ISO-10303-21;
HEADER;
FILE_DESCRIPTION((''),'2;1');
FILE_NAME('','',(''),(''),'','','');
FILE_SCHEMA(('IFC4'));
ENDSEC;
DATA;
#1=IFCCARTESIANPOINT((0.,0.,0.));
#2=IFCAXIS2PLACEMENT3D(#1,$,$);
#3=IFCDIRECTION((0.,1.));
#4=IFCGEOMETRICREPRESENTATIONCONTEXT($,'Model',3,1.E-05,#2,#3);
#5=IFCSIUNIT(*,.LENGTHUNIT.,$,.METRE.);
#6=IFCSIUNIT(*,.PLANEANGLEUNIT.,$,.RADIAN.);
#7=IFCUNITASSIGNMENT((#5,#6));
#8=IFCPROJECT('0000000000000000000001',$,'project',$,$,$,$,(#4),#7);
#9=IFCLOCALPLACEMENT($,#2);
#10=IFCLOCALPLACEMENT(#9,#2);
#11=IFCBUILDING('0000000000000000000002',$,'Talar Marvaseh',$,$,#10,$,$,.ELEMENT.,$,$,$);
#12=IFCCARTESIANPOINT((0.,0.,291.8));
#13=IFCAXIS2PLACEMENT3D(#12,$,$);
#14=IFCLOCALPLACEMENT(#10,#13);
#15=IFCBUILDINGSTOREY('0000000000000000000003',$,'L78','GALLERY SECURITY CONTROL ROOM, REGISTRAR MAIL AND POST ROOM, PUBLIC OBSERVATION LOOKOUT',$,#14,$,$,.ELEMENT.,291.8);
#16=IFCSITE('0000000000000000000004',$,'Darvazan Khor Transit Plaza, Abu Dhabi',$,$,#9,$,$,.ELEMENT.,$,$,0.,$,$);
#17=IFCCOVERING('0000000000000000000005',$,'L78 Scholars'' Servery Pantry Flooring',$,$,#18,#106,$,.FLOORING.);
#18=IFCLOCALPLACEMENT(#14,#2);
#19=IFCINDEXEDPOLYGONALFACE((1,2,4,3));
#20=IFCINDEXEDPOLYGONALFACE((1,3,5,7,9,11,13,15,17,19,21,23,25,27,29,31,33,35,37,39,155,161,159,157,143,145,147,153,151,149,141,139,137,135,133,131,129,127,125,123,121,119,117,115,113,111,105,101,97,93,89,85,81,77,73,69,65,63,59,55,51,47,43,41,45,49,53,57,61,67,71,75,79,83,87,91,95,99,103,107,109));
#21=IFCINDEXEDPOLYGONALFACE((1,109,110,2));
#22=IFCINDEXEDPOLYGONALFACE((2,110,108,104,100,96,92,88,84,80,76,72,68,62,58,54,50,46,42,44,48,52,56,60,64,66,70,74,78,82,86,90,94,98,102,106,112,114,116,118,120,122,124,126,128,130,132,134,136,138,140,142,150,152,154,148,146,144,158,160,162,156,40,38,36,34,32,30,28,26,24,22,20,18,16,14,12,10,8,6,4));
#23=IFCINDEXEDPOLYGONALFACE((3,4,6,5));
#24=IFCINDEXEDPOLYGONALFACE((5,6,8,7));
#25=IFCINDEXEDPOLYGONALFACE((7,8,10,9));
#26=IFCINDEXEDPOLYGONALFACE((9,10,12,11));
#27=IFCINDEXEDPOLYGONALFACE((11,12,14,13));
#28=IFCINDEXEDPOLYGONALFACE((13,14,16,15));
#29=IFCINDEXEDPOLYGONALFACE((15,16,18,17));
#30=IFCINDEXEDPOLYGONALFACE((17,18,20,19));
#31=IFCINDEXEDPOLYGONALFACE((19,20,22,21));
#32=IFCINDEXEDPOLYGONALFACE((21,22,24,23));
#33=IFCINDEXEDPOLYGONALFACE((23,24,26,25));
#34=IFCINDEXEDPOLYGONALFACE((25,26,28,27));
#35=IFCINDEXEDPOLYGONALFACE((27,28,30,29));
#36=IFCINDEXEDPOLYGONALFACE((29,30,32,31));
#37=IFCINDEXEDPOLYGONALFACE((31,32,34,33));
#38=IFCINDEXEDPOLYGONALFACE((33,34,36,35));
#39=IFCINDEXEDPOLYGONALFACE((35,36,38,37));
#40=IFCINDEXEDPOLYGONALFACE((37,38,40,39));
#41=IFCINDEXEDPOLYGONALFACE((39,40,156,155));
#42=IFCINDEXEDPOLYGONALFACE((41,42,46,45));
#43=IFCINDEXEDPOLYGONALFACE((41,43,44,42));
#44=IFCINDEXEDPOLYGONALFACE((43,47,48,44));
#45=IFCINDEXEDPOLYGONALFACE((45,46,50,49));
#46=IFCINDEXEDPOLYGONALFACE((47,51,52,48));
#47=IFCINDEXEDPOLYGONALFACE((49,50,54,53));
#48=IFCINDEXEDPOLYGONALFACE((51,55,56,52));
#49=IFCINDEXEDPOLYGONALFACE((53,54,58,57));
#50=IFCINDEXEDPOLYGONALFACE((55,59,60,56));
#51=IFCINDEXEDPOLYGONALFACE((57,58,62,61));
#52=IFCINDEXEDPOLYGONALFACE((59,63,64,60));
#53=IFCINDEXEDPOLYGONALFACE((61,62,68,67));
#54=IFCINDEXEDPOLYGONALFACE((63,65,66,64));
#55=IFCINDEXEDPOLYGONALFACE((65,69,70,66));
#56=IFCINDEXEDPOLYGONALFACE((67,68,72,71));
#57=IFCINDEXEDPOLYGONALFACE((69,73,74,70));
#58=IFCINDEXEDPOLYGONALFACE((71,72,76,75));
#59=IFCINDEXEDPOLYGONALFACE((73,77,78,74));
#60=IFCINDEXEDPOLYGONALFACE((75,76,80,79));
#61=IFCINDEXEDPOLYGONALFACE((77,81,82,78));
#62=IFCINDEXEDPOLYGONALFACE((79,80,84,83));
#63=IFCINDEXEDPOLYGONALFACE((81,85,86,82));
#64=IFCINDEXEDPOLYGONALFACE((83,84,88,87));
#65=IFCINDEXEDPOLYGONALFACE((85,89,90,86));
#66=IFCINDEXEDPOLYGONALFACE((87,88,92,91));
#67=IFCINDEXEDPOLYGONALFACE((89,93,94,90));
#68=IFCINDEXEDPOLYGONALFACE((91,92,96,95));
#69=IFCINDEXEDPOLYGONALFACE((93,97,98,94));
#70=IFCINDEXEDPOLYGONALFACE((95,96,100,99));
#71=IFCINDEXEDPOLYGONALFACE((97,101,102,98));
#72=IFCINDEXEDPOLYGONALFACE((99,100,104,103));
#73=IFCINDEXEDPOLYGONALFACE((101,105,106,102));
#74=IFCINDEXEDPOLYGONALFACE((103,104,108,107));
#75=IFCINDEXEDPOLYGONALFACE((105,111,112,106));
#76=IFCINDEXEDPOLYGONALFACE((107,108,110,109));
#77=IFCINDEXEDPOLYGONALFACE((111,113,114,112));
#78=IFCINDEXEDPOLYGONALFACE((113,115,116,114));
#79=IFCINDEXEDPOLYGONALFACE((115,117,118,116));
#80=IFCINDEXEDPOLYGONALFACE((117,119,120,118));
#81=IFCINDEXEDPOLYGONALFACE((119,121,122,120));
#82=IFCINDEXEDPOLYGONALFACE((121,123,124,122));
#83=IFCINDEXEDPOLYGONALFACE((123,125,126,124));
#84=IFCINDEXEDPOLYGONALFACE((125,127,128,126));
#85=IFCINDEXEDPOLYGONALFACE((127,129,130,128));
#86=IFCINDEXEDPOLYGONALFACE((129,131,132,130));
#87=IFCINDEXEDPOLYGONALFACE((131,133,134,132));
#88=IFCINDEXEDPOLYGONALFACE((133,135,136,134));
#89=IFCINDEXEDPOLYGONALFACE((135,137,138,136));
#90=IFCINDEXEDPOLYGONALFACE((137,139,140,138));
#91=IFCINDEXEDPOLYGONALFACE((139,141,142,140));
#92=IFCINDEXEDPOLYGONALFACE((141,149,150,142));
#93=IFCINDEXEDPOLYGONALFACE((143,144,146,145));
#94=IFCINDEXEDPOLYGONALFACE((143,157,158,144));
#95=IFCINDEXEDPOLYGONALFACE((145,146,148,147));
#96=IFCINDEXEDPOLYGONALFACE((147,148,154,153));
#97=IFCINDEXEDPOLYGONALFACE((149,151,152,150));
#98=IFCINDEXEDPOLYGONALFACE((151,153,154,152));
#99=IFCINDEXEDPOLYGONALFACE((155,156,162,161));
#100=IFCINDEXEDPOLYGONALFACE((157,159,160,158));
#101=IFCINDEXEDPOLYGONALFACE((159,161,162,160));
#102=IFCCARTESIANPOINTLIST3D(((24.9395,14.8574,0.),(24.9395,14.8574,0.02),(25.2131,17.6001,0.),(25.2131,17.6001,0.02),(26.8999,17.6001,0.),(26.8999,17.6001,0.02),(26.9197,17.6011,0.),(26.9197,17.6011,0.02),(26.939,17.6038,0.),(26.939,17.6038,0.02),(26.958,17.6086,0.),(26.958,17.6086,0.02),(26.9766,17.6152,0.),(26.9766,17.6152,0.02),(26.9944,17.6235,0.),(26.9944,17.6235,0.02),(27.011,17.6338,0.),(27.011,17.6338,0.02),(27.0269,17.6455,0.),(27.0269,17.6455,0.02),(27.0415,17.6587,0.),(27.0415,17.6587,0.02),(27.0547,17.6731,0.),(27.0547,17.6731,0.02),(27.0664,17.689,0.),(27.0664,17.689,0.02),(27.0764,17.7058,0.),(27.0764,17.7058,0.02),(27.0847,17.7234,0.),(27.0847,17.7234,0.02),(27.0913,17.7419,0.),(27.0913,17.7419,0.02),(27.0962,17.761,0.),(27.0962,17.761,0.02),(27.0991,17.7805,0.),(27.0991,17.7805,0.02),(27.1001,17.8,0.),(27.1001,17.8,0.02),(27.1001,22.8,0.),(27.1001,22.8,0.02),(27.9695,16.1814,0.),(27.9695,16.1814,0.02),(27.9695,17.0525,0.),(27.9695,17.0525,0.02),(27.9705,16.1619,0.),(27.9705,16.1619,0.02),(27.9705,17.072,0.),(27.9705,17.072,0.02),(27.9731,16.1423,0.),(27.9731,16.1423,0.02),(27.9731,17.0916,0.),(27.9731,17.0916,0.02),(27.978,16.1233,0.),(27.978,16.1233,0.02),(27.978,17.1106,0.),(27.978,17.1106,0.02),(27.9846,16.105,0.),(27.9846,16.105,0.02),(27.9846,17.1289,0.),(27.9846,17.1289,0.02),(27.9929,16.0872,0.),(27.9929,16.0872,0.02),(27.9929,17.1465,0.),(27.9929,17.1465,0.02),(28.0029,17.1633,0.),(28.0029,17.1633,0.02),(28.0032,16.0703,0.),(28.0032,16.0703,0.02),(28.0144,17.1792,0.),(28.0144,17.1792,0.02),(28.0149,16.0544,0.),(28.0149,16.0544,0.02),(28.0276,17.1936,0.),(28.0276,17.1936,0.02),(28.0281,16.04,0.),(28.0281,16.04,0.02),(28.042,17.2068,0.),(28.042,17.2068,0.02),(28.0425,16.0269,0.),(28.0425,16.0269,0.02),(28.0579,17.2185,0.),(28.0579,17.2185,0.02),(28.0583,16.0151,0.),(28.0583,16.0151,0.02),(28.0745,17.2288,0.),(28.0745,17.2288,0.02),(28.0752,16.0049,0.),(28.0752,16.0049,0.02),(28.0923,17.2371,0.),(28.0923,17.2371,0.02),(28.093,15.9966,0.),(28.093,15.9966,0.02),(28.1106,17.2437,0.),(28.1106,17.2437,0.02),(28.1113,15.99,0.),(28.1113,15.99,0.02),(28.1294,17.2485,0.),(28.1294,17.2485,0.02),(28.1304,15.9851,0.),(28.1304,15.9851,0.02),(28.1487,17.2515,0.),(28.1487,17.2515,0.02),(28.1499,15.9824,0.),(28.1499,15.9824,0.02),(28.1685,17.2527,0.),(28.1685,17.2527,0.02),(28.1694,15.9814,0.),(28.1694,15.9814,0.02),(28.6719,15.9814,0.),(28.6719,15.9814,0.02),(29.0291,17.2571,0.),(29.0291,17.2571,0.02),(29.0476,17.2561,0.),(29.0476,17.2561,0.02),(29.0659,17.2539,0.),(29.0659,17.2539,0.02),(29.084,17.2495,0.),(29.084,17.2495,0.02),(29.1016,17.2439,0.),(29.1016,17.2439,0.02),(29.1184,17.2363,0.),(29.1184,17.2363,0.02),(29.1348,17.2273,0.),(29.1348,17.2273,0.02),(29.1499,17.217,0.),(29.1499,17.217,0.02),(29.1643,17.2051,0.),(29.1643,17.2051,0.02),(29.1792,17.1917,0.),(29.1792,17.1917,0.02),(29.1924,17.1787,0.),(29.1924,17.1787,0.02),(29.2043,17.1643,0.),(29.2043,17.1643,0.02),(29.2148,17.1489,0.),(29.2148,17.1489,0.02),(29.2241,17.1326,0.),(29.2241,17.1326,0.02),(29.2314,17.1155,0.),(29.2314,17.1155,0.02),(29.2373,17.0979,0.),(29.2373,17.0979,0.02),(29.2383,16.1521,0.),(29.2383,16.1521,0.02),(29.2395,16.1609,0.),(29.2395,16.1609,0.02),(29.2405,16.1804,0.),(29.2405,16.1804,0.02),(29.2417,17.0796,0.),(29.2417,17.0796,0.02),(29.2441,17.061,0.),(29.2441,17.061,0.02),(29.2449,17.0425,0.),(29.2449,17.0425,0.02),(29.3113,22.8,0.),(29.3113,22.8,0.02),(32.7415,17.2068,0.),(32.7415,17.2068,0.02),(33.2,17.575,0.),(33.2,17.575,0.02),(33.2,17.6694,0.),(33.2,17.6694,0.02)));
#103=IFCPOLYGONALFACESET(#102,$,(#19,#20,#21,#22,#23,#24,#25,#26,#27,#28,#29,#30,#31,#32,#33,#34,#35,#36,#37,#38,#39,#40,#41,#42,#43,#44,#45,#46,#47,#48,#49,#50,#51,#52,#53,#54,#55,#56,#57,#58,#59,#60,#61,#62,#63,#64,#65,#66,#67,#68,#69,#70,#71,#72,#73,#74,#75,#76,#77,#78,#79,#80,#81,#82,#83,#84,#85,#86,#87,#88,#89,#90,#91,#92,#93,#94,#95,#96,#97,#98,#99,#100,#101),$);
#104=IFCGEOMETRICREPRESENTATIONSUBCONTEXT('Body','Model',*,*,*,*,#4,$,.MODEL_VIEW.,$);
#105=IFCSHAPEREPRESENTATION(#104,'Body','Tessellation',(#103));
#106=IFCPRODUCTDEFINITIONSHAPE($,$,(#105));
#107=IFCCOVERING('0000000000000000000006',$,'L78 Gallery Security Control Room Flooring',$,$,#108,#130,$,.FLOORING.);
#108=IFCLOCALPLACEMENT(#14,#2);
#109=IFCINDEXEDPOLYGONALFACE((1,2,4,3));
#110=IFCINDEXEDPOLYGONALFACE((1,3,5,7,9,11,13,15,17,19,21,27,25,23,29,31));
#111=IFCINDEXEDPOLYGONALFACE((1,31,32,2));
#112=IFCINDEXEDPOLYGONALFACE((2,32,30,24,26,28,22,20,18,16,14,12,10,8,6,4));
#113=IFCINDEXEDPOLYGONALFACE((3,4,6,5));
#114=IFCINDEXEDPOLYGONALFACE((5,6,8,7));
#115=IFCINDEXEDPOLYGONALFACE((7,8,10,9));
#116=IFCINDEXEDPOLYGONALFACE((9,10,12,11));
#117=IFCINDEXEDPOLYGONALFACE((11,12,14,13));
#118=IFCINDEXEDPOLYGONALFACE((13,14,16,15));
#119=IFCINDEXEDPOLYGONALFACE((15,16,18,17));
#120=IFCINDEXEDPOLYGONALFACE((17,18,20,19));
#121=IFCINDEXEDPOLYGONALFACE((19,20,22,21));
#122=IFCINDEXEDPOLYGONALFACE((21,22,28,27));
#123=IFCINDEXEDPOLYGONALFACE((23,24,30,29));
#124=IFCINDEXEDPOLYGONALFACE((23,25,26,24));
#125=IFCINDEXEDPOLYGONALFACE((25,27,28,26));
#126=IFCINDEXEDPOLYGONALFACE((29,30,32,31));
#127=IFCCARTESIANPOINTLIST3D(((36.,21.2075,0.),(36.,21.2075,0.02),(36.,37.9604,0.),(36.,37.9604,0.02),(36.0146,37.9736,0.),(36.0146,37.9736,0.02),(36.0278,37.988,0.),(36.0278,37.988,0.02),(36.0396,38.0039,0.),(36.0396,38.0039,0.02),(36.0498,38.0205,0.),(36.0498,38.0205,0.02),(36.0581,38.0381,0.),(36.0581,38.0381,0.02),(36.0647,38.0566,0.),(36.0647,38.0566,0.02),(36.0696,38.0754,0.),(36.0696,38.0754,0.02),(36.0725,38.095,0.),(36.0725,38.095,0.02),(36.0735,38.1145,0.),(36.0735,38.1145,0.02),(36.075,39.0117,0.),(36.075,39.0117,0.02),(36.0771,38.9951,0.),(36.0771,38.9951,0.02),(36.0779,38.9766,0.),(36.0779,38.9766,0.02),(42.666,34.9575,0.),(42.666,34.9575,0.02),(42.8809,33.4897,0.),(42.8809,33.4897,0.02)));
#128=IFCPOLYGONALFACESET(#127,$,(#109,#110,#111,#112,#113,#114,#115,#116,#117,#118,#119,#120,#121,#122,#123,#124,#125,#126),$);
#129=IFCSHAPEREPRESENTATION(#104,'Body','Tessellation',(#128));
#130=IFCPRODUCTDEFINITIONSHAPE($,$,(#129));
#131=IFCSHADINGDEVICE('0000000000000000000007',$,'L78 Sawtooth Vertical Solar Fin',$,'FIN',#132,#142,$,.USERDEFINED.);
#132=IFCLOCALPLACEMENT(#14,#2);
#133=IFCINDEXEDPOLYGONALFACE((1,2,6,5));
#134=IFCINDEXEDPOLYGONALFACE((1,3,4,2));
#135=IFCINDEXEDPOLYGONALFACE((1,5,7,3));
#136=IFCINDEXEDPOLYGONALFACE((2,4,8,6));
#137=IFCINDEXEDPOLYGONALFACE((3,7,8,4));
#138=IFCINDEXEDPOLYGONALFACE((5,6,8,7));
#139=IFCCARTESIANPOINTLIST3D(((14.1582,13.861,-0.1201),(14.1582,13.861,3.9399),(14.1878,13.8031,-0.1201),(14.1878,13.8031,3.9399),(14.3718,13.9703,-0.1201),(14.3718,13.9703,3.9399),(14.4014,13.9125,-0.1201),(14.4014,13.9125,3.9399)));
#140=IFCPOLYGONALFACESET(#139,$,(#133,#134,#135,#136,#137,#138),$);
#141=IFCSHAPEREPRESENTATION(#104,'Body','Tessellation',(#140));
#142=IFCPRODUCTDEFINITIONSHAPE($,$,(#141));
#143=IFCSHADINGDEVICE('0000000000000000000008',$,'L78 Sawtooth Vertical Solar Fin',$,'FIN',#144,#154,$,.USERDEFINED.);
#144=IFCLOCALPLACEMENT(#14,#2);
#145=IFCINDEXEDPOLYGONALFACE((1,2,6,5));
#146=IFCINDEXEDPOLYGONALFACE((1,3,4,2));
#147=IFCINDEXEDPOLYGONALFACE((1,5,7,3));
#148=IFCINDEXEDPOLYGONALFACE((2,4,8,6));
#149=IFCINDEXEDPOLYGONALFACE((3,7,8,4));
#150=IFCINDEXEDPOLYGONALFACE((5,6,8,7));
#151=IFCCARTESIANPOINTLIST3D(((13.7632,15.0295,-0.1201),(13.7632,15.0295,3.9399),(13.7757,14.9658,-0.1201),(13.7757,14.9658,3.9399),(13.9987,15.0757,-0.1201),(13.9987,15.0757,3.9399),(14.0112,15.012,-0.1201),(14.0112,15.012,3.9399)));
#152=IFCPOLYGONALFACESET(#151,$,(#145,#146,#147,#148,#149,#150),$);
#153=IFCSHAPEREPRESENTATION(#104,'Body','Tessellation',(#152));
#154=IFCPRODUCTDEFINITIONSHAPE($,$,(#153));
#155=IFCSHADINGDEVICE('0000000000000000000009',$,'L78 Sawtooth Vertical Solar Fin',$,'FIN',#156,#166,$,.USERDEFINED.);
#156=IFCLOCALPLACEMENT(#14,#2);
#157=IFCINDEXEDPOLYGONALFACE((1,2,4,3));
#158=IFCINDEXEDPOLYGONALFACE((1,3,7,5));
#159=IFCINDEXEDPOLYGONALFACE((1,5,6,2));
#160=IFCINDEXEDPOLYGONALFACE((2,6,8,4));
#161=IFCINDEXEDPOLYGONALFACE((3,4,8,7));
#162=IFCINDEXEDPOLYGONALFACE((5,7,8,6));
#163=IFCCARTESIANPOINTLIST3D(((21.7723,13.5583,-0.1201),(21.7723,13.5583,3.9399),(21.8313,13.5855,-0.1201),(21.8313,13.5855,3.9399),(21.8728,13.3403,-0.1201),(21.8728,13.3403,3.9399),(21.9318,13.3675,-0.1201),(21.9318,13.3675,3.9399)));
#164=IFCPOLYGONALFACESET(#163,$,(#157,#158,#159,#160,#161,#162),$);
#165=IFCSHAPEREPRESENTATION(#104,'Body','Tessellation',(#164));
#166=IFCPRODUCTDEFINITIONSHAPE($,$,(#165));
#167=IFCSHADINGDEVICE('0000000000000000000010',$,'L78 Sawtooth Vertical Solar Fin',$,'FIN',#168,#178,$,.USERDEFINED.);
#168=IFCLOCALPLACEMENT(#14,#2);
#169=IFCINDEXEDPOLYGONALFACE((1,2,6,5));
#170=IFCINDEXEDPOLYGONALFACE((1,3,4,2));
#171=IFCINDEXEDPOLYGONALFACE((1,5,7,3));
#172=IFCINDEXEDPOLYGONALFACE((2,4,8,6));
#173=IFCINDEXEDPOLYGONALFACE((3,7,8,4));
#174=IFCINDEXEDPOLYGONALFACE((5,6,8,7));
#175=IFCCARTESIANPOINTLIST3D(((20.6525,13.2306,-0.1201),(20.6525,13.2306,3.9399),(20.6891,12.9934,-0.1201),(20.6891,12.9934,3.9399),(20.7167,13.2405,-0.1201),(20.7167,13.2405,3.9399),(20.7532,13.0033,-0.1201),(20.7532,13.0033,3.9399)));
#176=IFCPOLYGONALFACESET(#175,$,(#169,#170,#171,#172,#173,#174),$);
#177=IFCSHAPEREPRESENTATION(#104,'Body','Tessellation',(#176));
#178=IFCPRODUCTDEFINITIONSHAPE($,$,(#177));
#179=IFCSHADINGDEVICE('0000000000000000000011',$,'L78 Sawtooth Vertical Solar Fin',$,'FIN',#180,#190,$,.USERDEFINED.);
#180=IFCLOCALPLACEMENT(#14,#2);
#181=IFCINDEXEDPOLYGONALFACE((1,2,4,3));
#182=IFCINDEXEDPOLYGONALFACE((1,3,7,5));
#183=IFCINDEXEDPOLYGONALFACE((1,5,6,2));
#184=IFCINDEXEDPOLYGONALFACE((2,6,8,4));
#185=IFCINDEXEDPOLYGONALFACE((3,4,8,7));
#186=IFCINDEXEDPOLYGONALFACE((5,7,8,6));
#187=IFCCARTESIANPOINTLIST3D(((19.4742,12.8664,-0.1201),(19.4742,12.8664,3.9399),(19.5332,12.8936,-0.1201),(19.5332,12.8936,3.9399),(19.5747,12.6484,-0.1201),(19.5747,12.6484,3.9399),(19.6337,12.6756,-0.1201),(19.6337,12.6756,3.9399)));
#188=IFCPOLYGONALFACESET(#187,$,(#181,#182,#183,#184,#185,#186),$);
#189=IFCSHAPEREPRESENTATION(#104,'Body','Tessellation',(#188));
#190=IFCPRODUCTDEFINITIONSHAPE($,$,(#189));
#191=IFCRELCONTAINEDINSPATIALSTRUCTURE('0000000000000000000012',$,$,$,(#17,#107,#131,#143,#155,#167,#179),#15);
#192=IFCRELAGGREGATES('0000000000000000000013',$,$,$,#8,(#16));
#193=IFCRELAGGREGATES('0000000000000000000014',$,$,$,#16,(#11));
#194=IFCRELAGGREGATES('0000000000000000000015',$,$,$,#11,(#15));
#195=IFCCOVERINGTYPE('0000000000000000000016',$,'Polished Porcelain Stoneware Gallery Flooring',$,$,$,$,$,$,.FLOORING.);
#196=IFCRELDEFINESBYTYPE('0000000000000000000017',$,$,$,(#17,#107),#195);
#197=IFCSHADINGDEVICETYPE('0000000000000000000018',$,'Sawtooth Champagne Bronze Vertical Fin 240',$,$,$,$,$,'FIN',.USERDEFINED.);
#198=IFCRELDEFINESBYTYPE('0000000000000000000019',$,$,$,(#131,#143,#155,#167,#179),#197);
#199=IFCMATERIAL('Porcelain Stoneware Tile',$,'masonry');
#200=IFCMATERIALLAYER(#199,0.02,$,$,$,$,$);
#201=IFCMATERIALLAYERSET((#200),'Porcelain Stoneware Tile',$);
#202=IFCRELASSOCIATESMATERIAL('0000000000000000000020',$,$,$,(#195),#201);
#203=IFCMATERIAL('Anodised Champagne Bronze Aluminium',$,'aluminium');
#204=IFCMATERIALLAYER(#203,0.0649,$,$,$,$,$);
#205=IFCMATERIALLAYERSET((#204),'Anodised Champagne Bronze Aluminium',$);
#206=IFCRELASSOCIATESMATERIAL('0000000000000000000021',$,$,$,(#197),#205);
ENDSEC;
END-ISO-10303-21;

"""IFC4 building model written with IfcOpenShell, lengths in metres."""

from ifc_helpers import new_model, si_unit, direction, frame, origin, origin_2d, place, context, subcontext, project, spatial, polyline, rectangle, outline, extrude, source, transform, mapped, material, layer, layer_set, type_object, type_shapes, element, save


model = new_model("IFC4")

# Units and contexts
model_context = context("Model", 3, precision=1e-05, world=origin(), true_north=direction((0.0, 1.0)))
body_context = subcontext(model_context, "Body", "Model", "MODEL_VIEW")
ifc_project = project(units=[si_unit("LENGTHUNIT", "METRE"), si_unit("PLANEANGLEUNIT", "RADIAN")], contexts=[model_context])

# Site, building, storey
site_placement = place(None, origin())
site = spatial("IfcSite", under=ifc_project, at=site_placement, Name="Darvazan Khor Transit Plaza, Abu Dhabi", CompositionType="ELEMENT", RefElevation=0.0)
building_placement = place(site_placement, origin())
building = spatial("IfcBuilding", under=site, at=building_placement, Name="Talar Marvaseh", CompositionType="ELEMENT")
storey_placement = place(building_placement, frame((0.0, 0.0, 291.8)))
storey = spatial("IfcBuildingStorey", under=building, at=storey_placement, Name="L78", Description="GALLERY SECURITY CONTROL ROOM, REGISTRAR MAIL AND POST ROOM, PUBLIC OBSERVATION LOOKOUT", CompositionType="ELEMENT", Elevation=291.8)

# Coverings
ifc_material_1 = material(Name="Porcelain Stoneware Tile", Category="masonry")
ifc_layer_1 = layer(ifc_material_1, 0.02)
ifc_layer_set_1 = layer_set([ifc_layer_1], Name="Porcelain Stoneware Tile")
covering_type_1 = type_object("IfcCoveringType", Name="Polished Porcelain Stoneware Gallery Flooring", PredefinedType="FLOORING", material=ifc_layer_set_1)
covering_1_placement = place(storey_placement, origin())
element("IfcCovering", 1, at=covering_1_placement, inside=storey, type_object=covering_type_1, Name="L78 Scholars' Servery Pantry Flooring", PredefinedType="FLOORING", context=body_context, shape_type="SweptSolid", body=[
    extrude(outline(polyline([(26.8999, 17.6001), (26.9197, 17.6011), (26.939, 17.6038), (26.958, 17.6086), (26.9766, 17.6152), (26.9944, 17.6235), (27.011, 17.6338), (27.0269, 17.6455), (27.0415, 17.6587), (27.0547, 17.6731), (27.0664, 17.689), (27.0764, 17.7058), (27.0847, 17.7234), (27.0913, 17.7419), (27.0962, 17.761), (27.0991, 17.7805), (27.1001, 17.8), (27.1001, 22.8), (29.3113, 22.8), (33.2, 17.6694), (33.2, 17.575), (32.7415, 17.2068), (29.2383, 16.1521), (29.2395, 16.1609), (29.2405, 16.1804), (29.2449, 17.0425), (29.2441, 17.061), (29.2417, 17.0796), (29.2373, 17.0979), (29.2314, 17.1155), (29.2241, 17.1326), (29.2148, 17.1489), (29.2043, 17.1643), (29.1924, 17.1787), (29.1792, 17.1917), (29.1643, 17.2051), (29.1499, 17.217), (29.1348, 17.2273), (29.1184, 17.2363), (29.1016, 17.2439), (29.084, 17.2495), (29.0659, 17.2539), (29.0476, 17.2561), (29.0291, 17.2571), (28.1685, 17.2527), (28.1487, 17.2515), (28.1294, 17.2485), (28.1106, 17.2437), (28.0923, 17.2371), (28.0745, 17.2288), (28.0579, 17.2185), (28.042, 17.2068), (28.0276, 17.1936), (28.0144, 17.1792), (28.0029, 17.1633), (27.9929, 17.1465), (27.9846, 17.1289), (27.978, 17.1106), (27.9731, 17.0916), (27.9705, 17.072), (27.9695, 17.0525), (27.9695, 16.1814), (27.9705, 16.1619), (27.9731, 16.1423), (27.978, 16.1233), (27.9846, 16.105), (27.9929, 16.0872), (28.0032, 16.0703), (28.0149, 16.0544), (28.0281, 16.04), (28.0425, 16.0269), (28.0583, 16.0151), (28.0752, 16.0049), (28.093, 15.9966), (28.1113, 15.99), (28.1304, 15.9851), (28.1499, 15.9824), (28.1694, 15.9814), (28.6719, 15.9814), (24.9395, 14.8574), (25.2131, 17.6001), (26.8999, 17.6001)])), origin(), (0.0, 0.0, 1.0), 0.02),
])
covering_2_placement = place(storey_placement, origin())
element("IfcCovering", 2, at=covering_2_placement, inside=storey, type_object=covering_type_1, Name="L78 Gallery Security Control Room Flooring", PredefinedType="FLOORING", context=body_context, shape_type="SweptSolid", body=[
    extrude(outline(polyline([(36.0146, 37.9736), (36.0278, 37.988), (36.0396, 38.0039), (36.0498, 38.0205), (36.0581, 38.0381), (36.0647, 38.0566), (36.0696, 38.0754), (36.0725, 38.095), (36.0735, 38.1145), (36.0779, 38.9766), (36.0771, 38.9951), (36.075, 39.0117), (42.666, 34.9575), (42.8809, 33.4897), (36.0, 21.2075), (36.0, 37.9604), (36.0, 37.9604), (36.0146, 37.9736)])), origin(), (0.0, 0.0, 1.0), 0.02),
])

# Shading devices
ifc_material_2 = material(Name="Anodised Champagne Bronze Aluminium", Category="aluminium")
ifc_layer_2 = layer(ifc_material_2, 0.0649)
ifc_layer_set_2 = layer_set([ifc_layer_2], Name="Anodised Champagne Bronze Aluminium")
shading_device_type = type_object("IfcShadingDeviceType", Name="Sawtooth Champagne Bronze Vertical Fin 240", ElementType="FIN", PredefinedType="USERDEFINED", material=ifc_layer_set_2)
shared_shape_1 = source(origin(), body_context, "Body", "SweptSolid", [
    extrude(rectangle(XDim=0.24, YDim=0.0649, at=origin_2d()), origin(), (0.0, 0.0, 1.0), 4.0601),
])
type_shapes(shading_device_type, [shared_shape_1])
for number, where, z_axis, x_axis, name in (
    (3, (14.2798, 13.8867, -0.1201), (0.0, 0.0, 1.0), (-0.890213, -0.455545, 0.0), "L78 Sawtooth Vertical Solar Fin"),
    (4, (13.8872, 15.0208, -0.1201), (0.0, 0.0, 1.0), (-0.981293, -0.192522, 0.0), "L78 Sawtooth Vertical Solar Fin"),
    (5, (21.8521, 13.4629, -0.1201), (0.0, 0.0, 1.0), (0.418818, -0.90807, 0.0), "L78 Sawtooth Vertical Solar Fin"),
    (6, (20.7029, 13.1169, -0.1201), (0.0, 0.0, 1.0), (0.152296, -0.988335, 0.0), "L78 Sawtooth Vertical Solar Fin"),
    (7, (19.554, 12.771, -0.1201), (0.0, 0.0, 1.0), (0.418818, -0.90807, 0.0), "L78 Sawtooth Vertical Solar Fin"),
):
    element("IfcShadingDevice", number, at=place(storey_placement, frame(where, z_axis=z_axis, x_axis=x_axis)), inside=storey, type_object=shading_device_type, Name=name, ObjectType="FIN", PredefinedType="USERDEFINED", context=body_context, shape_type="MappedRepresentation", body=[
        mapped(shared_shape_1, transform((0.0, 0.0, 0.0), x_axis=(1.0, 0.0, 0.0), y_axis=(0.0, 1.0, 0.0), z_axis=(0.0, 0.0, 1.0), scale=1.0)),
    ])

save(model, "model.ifc")
